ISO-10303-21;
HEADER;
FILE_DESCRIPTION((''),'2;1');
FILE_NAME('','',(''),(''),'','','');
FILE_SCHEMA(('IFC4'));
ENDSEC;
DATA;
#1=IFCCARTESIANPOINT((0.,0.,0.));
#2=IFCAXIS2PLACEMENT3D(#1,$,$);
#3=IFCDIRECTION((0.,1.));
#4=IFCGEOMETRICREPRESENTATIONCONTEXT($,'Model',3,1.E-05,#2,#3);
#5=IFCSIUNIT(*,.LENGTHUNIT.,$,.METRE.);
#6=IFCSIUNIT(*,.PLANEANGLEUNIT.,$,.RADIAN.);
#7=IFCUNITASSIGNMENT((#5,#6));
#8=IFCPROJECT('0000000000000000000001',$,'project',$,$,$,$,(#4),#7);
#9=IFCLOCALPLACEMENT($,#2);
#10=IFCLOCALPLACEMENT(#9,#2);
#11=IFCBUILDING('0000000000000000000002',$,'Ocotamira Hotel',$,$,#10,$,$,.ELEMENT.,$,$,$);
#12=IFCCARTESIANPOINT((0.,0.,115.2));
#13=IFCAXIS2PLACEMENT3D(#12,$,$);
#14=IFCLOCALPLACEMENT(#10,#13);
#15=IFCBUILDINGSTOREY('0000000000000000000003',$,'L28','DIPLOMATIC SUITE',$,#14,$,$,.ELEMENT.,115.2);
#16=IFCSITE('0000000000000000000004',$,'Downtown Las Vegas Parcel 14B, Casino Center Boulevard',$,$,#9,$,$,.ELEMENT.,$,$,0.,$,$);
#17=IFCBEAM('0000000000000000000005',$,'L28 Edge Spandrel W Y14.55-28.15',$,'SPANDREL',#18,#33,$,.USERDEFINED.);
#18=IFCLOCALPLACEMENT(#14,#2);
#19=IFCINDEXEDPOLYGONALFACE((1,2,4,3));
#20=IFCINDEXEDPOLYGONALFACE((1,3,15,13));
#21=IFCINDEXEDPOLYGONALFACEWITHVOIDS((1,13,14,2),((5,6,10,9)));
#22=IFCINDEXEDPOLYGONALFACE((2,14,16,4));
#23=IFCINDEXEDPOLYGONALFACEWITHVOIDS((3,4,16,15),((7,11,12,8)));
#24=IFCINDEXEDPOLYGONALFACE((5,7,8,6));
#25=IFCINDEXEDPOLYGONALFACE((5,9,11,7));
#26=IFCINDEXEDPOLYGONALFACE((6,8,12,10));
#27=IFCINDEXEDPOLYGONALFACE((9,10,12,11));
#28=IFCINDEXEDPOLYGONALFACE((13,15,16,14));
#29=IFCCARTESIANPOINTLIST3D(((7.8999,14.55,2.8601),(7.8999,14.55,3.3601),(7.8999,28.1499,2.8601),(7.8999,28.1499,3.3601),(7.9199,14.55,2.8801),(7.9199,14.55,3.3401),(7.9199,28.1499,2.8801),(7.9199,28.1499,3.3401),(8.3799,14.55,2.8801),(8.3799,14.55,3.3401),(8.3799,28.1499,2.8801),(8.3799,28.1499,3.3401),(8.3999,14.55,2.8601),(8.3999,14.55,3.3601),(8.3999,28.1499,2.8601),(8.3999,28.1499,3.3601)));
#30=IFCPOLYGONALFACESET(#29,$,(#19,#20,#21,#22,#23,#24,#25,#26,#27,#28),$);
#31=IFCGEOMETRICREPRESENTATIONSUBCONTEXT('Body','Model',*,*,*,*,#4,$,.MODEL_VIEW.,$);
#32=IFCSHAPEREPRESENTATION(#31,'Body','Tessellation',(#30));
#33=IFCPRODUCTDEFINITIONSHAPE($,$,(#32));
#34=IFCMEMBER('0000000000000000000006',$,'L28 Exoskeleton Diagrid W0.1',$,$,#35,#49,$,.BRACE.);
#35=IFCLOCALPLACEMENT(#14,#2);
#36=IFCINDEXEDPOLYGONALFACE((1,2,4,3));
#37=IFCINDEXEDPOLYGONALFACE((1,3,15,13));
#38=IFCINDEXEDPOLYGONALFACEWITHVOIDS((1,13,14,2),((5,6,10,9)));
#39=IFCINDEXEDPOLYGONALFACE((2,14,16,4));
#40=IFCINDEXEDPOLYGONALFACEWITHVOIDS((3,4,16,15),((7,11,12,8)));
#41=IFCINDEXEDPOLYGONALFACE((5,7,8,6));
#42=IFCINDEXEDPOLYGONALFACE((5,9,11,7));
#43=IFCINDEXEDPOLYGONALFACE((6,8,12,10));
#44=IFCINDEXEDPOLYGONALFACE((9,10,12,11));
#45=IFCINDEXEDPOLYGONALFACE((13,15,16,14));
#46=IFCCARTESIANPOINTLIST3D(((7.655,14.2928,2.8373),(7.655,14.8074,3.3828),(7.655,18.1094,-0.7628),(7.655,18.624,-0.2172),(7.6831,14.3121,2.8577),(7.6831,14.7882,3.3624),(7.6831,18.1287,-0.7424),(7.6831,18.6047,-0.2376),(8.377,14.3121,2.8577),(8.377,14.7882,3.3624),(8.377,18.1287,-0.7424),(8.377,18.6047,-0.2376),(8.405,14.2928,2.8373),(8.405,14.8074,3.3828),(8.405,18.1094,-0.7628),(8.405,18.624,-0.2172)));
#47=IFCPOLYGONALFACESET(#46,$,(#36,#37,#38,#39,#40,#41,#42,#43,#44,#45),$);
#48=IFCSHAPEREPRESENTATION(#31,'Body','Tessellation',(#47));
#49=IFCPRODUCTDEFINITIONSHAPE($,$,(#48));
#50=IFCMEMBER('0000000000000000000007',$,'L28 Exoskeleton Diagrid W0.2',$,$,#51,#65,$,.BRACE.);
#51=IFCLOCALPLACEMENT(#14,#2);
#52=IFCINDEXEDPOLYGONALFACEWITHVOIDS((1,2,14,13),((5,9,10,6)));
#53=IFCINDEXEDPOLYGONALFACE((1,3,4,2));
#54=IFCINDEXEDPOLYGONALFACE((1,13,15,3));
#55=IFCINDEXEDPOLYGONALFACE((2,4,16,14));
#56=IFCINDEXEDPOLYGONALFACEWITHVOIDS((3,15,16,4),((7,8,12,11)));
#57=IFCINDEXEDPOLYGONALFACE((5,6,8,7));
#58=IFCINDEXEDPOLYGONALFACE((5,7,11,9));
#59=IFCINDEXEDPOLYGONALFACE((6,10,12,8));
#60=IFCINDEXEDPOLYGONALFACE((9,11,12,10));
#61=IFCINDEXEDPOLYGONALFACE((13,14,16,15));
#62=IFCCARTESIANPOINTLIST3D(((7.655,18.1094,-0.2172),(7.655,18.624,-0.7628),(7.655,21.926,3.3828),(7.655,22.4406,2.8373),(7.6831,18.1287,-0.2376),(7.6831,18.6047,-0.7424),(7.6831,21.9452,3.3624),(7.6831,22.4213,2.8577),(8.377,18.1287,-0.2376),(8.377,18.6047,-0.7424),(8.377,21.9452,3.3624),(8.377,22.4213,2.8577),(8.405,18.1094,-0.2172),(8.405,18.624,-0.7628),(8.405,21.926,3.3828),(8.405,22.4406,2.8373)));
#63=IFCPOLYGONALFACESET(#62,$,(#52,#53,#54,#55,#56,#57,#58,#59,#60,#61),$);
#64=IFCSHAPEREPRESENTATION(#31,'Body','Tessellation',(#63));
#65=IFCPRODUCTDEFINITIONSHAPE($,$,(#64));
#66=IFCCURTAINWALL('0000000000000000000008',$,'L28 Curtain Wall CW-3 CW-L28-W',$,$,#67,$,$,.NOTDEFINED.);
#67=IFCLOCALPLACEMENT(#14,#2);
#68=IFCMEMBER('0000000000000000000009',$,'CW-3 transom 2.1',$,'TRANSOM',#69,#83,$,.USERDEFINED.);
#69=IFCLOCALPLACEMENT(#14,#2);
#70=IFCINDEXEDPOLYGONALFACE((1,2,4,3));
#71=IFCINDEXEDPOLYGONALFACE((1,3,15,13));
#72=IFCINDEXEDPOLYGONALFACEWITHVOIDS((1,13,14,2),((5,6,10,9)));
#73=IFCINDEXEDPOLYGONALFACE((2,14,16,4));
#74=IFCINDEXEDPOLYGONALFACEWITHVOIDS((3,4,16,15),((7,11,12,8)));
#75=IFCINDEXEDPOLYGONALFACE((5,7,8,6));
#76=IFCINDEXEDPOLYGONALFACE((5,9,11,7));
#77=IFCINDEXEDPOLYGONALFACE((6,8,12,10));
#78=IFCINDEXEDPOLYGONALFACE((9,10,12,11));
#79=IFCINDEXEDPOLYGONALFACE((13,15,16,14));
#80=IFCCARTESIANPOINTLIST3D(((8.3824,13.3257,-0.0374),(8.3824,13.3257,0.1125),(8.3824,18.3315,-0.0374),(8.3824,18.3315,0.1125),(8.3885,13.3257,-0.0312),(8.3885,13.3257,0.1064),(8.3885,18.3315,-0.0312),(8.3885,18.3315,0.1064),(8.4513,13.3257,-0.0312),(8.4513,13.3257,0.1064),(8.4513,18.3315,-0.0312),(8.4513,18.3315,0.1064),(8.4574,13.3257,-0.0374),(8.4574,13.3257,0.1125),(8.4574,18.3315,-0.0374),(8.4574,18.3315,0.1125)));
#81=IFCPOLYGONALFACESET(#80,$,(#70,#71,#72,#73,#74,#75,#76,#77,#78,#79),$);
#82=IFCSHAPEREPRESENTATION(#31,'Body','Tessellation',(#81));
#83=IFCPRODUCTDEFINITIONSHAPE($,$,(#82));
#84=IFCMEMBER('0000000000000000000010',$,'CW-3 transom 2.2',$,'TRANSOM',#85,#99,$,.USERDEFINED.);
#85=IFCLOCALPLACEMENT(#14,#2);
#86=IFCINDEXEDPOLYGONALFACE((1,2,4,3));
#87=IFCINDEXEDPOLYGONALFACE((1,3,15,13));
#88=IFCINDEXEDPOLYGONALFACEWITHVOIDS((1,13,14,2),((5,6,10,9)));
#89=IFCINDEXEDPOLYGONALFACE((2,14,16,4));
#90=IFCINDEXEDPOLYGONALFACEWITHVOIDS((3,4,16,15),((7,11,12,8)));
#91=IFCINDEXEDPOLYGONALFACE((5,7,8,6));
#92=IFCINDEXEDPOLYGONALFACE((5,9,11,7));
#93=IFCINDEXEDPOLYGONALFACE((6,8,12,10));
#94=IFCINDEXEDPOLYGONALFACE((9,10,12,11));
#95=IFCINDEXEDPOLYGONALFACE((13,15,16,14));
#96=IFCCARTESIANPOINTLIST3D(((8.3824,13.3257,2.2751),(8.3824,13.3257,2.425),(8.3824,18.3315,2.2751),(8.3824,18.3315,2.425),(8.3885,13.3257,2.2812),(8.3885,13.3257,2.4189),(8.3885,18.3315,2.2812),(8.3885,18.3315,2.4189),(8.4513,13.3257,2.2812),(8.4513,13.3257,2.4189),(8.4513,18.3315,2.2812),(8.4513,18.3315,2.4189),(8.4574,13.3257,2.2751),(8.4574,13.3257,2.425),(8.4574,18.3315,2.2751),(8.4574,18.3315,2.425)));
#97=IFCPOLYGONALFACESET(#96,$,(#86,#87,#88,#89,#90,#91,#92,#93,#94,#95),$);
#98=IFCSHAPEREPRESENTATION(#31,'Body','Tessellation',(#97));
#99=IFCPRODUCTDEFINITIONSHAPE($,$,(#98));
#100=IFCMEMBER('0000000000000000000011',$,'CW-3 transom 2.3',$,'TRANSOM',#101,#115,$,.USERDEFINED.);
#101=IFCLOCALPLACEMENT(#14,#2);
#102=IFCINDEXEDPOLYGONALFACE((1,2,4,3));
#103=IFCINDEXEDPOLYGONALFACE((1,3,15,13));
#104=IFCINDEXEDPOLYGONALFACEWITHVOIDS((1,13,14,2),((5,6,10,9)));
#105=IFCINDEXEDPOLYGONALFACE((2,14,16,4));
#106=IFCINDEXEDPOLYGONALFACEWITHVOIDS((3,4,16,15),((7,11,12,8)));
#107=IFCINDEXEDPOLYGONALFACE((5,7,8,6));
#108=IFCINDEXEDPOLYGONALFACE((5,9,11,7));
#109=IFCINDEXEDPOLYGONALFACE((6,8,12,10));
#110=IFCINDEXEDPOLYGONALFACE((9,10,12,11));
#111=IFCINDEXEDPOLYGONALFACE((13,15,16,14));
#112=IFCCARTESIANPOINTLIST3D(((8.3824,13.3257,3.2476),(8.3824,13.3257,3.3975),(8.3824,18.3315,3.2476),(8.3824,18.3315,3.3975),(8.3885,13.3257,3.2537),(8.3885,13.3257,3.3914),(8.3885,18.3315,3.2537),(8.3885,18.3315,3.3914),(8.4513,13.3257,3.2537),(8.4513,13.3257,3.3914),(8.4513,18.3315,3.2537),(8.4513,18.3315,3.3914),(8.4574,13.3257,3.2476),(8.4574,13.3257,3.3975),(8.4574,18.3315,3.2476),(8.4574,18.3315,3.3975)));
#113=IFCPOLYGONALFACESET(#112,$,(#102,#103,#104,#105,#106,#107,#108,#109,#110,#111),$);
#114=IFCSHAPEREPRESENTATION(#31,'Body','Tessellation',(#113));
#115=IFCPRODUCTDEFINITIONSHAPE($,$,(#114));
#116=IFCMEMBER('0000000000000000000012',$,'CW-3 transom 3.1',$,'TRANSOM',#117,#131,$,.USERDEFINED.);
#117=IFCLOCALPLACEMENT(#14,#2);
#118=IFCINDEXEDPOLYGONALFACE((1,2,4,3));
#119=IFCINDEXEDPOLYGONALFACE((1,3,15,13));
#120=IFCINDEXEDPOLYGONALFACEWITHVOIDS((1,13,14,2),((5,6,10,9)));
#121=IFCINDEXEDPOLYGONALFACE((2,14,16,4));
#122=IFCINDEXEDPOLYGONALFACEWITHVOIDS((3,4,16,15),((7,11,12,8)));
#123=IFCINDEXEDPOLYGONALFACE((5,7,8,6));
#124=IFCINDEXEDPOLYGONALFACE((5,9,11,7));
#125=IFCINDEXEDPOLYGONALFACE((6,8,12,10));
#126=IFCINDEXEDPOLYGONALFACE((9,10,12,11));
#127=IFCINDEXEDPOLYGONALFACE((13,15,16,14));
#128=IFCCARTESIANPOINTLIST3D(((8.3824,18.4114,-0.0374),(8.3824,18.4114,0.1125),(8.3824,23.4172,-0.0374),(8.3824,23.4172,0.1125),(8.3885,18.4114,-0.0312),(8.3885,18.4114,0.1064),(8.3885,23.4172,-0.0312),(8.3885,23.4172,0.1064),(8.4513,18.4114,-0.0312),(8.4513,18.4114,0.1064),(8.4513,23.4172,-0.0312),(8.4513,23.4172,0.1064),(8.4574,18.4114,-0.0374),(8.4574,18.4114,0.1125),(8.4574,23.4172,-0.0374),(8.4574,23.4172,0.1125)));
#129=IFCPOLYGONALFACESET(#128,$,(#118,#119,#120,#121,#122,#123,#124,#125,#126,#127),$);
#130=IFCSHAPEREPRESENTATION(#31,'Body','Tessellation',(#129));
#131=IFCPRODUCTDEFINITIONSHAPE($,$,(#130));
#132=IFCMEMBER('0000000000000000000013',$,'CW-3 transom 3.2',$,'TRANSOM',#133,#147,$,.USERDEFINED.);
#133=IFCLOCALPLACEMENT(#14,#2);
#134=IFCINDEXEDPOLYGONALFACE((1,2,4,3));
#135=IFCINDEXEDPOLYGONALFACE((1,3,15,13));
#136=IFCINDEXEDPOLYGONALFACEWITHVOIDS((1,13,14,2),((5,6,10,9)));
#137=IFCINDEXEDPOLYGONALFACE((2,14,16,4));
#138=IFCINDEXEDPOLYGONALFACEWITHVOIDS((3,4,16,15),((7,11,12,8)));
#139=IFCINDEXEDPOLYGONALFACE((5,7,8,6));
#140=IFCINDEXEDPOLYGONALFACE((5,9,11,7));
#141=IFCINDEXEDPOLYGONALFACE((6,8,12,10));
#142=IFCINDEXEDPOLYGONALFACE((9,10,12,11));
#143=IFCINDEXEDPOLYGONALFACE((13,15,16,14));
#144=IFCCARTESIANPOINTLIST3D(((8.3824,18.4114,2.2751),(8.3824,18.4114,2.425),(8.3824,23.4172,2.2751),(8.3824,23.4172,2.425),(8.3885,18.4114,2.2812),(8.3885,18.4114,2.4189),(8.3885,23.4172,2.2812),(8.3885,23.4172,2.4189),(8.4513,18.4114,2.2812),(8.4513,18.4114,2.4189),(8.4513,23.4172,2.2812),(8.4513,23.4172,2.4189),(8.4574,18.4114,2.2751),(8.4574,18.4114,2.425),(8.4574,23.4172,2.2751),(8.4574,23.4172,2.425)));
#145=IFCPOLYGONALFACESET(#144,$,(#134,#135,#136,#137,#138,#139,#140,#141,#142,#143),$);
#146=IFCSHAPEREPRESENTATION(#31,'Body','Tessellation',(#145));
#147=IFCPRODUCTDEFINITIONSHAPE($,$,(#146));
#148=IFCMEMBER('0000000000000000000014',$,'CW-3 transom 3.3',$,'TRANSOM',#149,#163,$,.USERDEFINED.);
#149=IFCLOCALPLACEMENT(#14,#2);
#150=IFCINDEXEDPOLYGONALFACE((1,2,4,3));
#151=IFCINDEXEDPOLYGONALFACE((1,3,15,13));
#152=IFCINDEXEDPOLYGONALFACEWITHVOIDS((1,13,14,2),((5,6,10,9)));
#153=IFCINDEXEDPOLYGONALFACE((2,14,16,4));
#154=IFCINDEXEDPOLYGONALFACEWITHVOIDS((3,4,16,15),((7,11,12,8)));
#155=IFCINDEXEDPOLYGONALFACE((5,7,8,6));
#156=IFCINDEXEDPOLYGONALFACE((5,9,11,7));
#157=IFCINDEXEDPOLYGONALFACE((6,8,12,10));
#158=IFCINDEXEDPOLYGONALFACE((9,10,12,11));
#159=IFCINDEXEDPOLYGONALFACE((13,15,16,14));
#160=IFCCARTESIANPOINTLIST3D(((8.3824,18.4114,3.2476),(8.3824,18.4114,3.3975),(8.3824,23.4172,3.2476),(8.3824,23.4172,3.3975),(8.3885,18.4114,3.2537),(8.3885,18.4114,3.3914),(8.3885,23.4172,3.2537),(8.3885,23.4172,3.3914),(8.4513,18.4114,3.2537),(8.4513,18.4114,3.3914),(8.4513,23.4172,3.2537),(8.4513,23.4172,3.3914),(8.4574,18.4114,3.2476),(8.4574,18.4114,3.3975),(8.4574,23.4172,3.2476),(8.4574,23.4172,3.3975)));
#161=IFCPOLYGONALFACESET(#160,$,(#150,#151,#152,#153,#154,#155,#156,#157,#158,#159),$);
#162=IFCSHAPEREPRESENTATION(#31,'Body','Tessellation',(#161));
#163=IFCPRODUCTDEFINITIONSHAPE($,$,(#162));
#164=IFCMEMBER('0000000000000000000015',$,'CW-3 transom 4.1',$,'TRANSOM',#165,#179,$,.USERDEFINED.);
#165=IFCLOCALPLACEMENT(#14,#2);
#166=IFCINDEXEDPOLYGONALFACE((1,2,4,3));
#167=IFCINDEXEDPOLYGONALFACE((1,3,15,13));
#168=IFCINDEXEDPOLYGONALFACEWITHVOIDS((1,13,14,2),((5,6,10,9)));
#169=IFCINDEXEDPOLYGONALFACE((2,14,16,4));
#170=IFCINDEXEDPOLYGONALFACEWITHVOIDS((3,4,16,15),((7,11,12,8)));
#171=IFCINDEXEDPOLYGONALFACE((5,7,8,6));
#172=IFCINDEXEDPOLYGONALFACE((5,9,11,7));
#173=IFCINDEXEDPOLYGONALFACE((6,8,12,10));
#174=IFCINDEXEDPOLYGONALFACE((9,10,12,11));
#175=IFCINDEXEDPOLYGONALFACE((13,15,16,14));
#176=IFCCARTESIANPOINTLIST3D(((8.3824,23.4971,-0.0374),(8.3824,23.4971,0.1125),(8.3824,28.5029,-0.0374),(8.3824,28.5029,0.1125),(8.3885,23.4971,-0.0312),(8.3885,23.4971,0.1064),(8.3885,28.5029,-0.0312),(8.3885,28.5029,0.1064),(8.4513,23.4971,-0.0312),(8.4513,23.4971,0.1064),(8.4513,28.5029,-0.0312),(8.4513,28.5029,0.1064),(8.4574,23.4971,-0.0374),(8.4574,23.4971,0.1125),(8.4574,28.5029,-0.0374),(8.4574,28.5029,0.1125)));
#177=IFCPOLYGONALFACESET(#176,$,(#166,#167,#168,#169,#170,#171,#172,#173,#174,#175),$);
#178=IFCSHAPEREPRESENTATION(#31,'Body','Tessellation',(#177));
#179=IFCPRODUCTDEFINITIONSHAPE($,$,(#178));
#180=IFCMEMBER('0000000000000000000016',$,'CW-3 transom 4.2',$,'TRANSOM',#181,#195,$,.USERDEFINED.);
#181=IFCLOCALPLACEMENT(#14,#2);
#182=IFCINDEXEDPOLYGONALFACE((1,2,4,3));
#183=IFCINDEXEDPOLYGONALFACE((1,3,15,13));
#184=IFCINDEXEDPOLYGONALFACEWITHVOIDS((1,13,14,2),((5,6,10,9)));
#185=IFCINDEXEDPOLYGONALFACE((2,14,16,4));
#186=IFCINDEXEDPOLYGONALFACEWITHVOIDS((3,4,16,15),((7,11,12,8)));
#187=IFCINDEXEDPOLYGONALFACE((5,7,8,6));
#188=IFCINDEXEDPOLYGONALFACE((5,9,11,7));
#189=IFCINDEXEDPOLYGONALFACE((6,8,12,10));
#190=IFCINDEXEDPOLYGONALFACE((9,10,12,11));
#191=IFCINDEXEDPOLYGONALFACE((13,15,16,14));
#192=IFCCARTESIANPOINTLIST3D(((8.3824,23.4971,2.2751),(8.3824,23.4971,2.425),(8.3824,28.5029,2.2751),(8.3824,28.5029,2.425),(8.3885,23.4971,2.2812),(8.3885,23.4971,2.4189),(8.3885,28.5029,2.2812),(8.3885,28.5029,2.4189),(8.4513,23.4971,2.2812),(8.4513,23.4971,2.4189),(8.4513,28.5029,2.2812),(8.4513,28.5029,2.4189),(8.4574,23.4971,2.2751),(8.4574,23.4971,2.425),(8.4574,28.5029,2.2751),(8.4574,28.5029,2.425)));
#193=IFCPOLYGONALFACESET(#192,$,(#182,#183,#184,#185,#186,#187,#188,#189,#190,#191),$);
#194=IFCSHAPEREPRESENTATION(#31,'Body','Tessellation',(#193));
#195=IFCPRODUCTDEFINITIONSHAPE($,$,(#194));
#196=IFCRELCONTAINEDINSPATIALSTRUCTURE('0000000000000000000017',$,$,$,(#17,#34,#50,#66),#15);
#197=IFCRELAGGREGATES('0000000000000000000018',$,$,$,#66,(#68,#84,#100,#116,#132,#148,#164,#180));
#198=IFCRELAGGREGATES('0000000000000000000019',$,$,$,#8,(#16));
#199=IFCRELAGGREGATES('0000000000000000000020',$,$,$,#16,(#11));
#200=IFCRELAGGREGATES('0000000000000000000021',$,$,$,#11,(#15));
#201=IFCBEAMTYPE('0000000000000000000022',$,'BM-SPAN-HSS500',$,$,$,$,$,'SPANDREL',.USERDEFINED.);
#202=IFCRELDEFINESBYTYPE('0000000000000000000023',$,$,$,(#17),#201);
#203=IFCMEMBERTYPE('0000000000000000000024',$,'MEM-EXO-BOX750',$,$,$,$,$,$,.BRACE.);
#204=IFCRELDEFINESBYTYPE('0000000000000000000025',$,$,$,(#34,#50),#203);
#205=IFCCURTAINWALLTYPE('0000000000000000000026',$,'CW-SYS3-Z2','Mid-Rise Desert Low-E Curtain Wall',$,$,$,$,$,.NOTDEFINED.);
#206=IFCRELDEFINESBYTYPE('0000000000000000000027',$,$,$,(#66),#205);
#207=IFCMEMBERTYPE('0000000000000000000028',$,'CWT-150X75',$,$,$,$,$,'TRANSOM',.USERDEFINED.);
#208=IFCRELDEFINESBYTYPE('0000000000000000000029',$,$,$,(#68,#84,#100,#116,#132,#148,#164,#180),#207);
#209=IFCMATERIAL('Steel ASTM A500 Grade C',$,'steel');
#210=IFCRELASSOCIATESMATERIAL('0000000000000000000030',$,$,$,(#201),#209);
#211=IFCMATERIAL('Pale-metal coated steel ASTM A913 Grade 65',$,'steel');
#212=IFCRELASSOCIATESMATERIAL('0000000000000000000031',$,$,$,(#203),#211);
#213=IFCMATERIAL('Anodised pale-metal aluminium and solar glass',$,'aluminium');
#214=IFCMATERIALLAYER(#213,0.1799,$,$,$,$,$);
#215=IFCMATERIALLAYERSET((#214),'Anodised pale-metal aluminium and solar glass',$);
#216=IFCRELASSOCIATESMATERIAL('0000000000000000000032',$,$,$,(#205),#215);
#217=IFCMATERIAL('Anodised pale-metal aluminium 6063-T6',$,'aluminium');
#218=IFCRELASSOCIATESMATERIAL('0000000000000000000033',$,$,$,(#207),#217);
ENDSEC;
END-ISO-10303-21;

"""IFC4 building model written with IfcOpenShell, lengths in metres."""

from ifc_helpers import new_model, si_unit, direction, frame, origin, origin_2d, place, context, subcontext, project, spatial, hollow_rectangle, extrude, source, transform, mapped, material, layer, layer_set, material_profile, profile_set, type_object, element, aggregate, save


model = new_model("IFC4")

# Units and contexts
model_context = context("Model", 3, precision=1e-05, world=origin(), true_north=direction((0.0, 1.0)))
body_context = subcontext(model_context, "Body", "Model", "MODEL_VIEW")
ifc_project = project(units=[si_unit("LENGTHUNIT", "METRE"), si_unit("PLANEANGLEUNIT", "RADIAN")], contexts=[model_context])

# Site, building, storey
site_placement = place(None, origin())
site = spatial("IfcSite", under=ifc_project, at=site_placement, Name="Downtown Las Vegas Parcel 14B, Casino Center Boulevard", CompositionType="ELEMENT", RefElevation=0.0)
building_placement = place(site_placement, origin())
building = spatial("IfcBuilding", under=site, at=building_placement, Name="Ocotamira Hotel", CompositionType="ELEMENT")
storey_placement = place(building_placement, frame((0.0, 0.0, 115.2)))
storey = spatial("IfcBuildingStorey", under=building, at=storey_placement, Name="L28", Description="DIPLOMATIC SUITE", CompositionType="ELEMENT", Elevation=115.2)

# Beam
ifc_material_1 = material(Name="Steel ASTM A500 Grade C", Category="steel")
ifc_material_profile_1 = material_profile(ifc_material_1, hollow_rectangle(XDim=0.5, YDim=0.5, WallThickness=0.02, at=origin_2d()), Name="HSS500X500X20")
ifc_profile_set_1 = profile_set([ifc_material_profile_1], Name="Steel ASTM A500 Grade C")
beam_type_1 = type_object("IfcBeamType", Name="BM-SPAN-HSS500", ElementType="SPANDREL", PredefinedType="USERDEFINED", material=ifc_profile_set_1)
shared_shape_1 = source(origin(), body_context, "Body", "SweptSolid", [
    extrude(hollow_rectangle(XDim=0.5, YDim=0.5, WallThickness=0.02, at=origin_2d()), origin(), (0.0, 0.0, 1.0), 13.5999),
])
beam_1_placement = place(storey_placement, frame((8.1499, 14.55, 3.1101), z_axis=(0.0, 1.0, 0.0), x_axis=(-1.0, 0.0, 0.0)))
element("IfcBeam", 1, at=beam_1_placement, inside=storey, type_object=beam_type_1, Name="L28 Edge Spandrel W Y14.55-28.15", ObjectType="SPANDREL", PredefinedType="USERDEFINED", context=body_context, shape_type="MappedRepresentation", body=[
    mapped(shared_shape_1, transform((0.0, 0.0, 0.0), scale=1.0)),
])

# Members
ifc_material_2 = material(Name="Pale-metal coated steel ASTM A913 Grade 65", Category="steel")
ifc_material_profile_2 = material_profile(ifc_material_2, hollow_rectangle(XDim=0.75, YDim=0.75, WallThickness=0.0281, at=origin_2d()), Name="BOX750X750X28")
ifc_profile_set_2 = profile_set([ifc_material_profile_2], Name="Pale-metal coated steel ASTM A913 Grade 65")
member_type_1 = type_object("IfcMemberType", Name="MEM-EXO-BOX750", PredefinedType="BRACE", material=ifc_profile_set_2)
shared_shape_2 = source(origin(), body_context, "Body", "SweptSolid", [
    extrude(hollow_rectangle(XDim=0.75, YDim=0.75, WallThickness=0.0281, at=origin_2d()), origin(), (0.0, 0.0, 1.0), 5.2466),
])
for number, where, z_axis, x_axis, name in (
    (2, (8.03, 18.3667, -0.49), (0.0, -0.727443, 0.686168), (1.0, 0.0, 0.0), "L28 Exoskeleton Diagrid W0.1"),
    (3, (8.03, 18.3667, -0.49), (0.0, 0.727443, 0.686168), (-1.0, 0.0, 0.0), "L28 Exoskeleton Diagrid W0.2"),
):
    element("IfcMember", number, at=place(storey_placement, frame(where, z_axis=z_axis, x_axis=x_axis)), inside=storey, type_object=member_type_1, Name=name, PredefinedType="BRACE", context=body_context, shape_type="MappedRepresentation", body=[
        mapped(shared_shape_2, transform((0.0, 0.0, 0.0), scale=1.0)),
    ])

# Curtain wall, members
ifc_material_3 = material(Name="Anodised pale-metal aluminium and solar glass", Category="aluminium")
ifc_layer_1 = layer(ifc_material_3, 0.1799)
ifc_layer_set_1 = layer_set([ifc_layer_1], Name="Anodised pale-metal aluminium and solar glass")
curtain_wall_type = type_object("IfcCurtainWallType", Name="CW-SYS3-Z2", Description="Mid-Rise Desert Low-E Curtain Wall", PredefinedType="NOTDEFINED", material=ifc_layer_set_1)
curtain_wall_placement = place(storey_placement, origin())
curtain_wall = element("IfcCurtainWall", 4, at=curtain_wall_placement, inside=storey, type_object=curtain_wall_type, Name="L28 Curtain Wall CW-3 CW-L28-W", PredefinedType="NOTDEFINED")
ifc_material_4 = material(Name="Anodised pale-metal aluminium 6063-T6", Category="aluminium")
ifc_material_profile_3 = material_profile(ifc_material_4, hollow_rectangle(XDim=0.075, YDim=0.1499, WallThickness=0.0061, at=origin_2d()), Name="HSS150X75X6")
ifc_profile_set_3 = profile_set([ifc_material_profile_3], Name="Anodised pale-metal aluminium 6063-T6")
member_type_2 = type_object("IfcMemberType", Name="CWT-150X75", ElementType="TRANSOM", PredefinedType="USERDEFINED", material=ifc_profile_set_3)
shared_shape_3 = source(origin(), body_context, "Body", "SweptSolid", [
    extrude(hollow_rectangle(XDim=0.075, YDim=0.1499, WallThickness=0.0061, at=origin_2d()), origin(), (0.0, 0.0, 1.0), 5.0059),
])
member_1_placement = place(storey_placement, frame((8.4199, 13.3257, 0.0376), z_axis=(0.0, 1.0, 0.0), x_axis=(-1.0, 0.0, 0.0)))
member_1 = element("IfcMember", 5, at=member_1_placement, type_object=member_type_2, Name="CW-3 transom 2.1", ObjectType="TRANSOM", PredefinedType="USERDEFINED", context=body_context, shape_type="MappedRepresentation", body=[
    mapped(shared_shape_3, transform((0.0, 0.0, 0.0), scale=1.0)),
])
member_2_placement = place(storey_placement, frame((8.4199, 13.3257, 2.3501), z_axis=(0.0, 1.0, 0.0), x_axis=(-1.0, 0.0, 0.0)))
member_2 = element("IfcMember", 6, at=member_2_placement, type_object=member_type_2, Name="CW-3 transom 2.2", ObjectType="TRANSOM", PredefinedType="USERDEFINED", context=body_context, shape_type="MappedRepresentation", body=[
    mapped(shared_shape_3, transform((0.0, 0.0, 0.0), scale=1.0)),
])
member_3_placement = place(storey_placement, frame((8.4199, 13.3257, 3.3225), z_axis=(0.0, 1.0, 0.0), x_axis=(-1.0, 0.0, 0.0)))
member_3 = element("IfcMember", 7, at=member_3_placement, type_object=member_type_2, Name="CW-3 transom 2.3", ObjectType="TRANSOM", PredefinedType="USERDEFINED", context=body_context, shape_type="MappedRepresentation", body=[
    mapped(shared_shape_3, transform((0.0, 0.0, 0.0), scale=1.0)),
])
member_4_placement = place(storey_placement, frame((8.4199, 18.4114, 0.0376), z_axis=(0.0, 1.0, 0.0), x_axis=(-1.0, 0.0, 0.0)))
member_4 = element("IfcMember", 8, at=member_4_placement, type_object=member_type_2, Name="CW-3 transom 3.1", ObjectType="TRANSOM", PredefinedType="USERDEFINED", context=body_context, shape_type="MappedRepresentation", body=[
    mapped(shared_shape_3, transform((0.0, 0.0, 0.0), scale=1.0)),
])
member_5_placement = place(storey_placement, frame((8.4199, 18.4114, 2.3501), z_axis=(0.0, 1.0, 0.0), x_axis=(-1.0, 0.0, 0.0)))
member_5 = element("IfcMember", 9, at=member_5_placement, type_object=member_type_2, Name="CW-3 transom 3.2", ObjectType="TRANSOM", PredefinedType="USERDEFINED", context=body_context, shape_type="MappedRepresentation", body=[
    mapped(shared_shape_3, transform((0.0, 0.0, 0.0), scale=1.0)),
])
member_6_placement = place(storey_placement, frame((8.4199, 18.4114, 3.3225), z_axis=(0.0, 1.0, 0.0), x_axis=(-1.0, 0.0, 0.0)))
member_6 = element("IfcMember", 10, at=member_6_placement, type_object=member_type_2, Name="CW-3 transom 3.3", ObjectType="TRANSOM", PredefinedType="USERDEFINED", context=body_context, shape_type="MappedRepresentation", body=[
    mapped(shared_shape_3, transform((0.0, 0.0, 0.0), scale=1.0)),
])
member_7_placement = place(storey_placement, frame((8.4199, 23.4971, 0.0376), z_axis=(0.0, 1.0, 0.0), x_axis=(-1.0, 0.0, 0.0)))
member_7 = element("IfcMember", 11, at=member_7_placement, type_object=member_type_2, Name="CW-3 transom 4.1", ObjectType="TRANSOM", PredefinedType="USERDEFINED", context=body_context, shape_type="MappedRepresentation", body=[
    mapped(shared_shape_3, transform((0.0, 0.0, 0.0), scale=1.0)),
])
member_8_placement = place(storey_placement, frame((8.4199, 23.4971, 2.3501), z_axis=(0.0, 1.0, 0.0), x_axis=(-1.0, 0.0, 0.0)))
member_8 = element("IfcMember", 12, at=member_8_placement, type_object=member_type_2, Name="CW-3 transom 4.2", ObjectType="TRANSOM", PredefinedType="USERDEFINED", context=body_context, shape_type="MappedRepresentation", body=[
    mapped(shared_shape_3, transform((0.0, 0.0, 0.0), scale=1.0)),
])

aggregate(curtain_wall, [member_1, member_2, member_3, member_4, member_5, member_6, member_7, member_8])

save(model, "model.ifc")
